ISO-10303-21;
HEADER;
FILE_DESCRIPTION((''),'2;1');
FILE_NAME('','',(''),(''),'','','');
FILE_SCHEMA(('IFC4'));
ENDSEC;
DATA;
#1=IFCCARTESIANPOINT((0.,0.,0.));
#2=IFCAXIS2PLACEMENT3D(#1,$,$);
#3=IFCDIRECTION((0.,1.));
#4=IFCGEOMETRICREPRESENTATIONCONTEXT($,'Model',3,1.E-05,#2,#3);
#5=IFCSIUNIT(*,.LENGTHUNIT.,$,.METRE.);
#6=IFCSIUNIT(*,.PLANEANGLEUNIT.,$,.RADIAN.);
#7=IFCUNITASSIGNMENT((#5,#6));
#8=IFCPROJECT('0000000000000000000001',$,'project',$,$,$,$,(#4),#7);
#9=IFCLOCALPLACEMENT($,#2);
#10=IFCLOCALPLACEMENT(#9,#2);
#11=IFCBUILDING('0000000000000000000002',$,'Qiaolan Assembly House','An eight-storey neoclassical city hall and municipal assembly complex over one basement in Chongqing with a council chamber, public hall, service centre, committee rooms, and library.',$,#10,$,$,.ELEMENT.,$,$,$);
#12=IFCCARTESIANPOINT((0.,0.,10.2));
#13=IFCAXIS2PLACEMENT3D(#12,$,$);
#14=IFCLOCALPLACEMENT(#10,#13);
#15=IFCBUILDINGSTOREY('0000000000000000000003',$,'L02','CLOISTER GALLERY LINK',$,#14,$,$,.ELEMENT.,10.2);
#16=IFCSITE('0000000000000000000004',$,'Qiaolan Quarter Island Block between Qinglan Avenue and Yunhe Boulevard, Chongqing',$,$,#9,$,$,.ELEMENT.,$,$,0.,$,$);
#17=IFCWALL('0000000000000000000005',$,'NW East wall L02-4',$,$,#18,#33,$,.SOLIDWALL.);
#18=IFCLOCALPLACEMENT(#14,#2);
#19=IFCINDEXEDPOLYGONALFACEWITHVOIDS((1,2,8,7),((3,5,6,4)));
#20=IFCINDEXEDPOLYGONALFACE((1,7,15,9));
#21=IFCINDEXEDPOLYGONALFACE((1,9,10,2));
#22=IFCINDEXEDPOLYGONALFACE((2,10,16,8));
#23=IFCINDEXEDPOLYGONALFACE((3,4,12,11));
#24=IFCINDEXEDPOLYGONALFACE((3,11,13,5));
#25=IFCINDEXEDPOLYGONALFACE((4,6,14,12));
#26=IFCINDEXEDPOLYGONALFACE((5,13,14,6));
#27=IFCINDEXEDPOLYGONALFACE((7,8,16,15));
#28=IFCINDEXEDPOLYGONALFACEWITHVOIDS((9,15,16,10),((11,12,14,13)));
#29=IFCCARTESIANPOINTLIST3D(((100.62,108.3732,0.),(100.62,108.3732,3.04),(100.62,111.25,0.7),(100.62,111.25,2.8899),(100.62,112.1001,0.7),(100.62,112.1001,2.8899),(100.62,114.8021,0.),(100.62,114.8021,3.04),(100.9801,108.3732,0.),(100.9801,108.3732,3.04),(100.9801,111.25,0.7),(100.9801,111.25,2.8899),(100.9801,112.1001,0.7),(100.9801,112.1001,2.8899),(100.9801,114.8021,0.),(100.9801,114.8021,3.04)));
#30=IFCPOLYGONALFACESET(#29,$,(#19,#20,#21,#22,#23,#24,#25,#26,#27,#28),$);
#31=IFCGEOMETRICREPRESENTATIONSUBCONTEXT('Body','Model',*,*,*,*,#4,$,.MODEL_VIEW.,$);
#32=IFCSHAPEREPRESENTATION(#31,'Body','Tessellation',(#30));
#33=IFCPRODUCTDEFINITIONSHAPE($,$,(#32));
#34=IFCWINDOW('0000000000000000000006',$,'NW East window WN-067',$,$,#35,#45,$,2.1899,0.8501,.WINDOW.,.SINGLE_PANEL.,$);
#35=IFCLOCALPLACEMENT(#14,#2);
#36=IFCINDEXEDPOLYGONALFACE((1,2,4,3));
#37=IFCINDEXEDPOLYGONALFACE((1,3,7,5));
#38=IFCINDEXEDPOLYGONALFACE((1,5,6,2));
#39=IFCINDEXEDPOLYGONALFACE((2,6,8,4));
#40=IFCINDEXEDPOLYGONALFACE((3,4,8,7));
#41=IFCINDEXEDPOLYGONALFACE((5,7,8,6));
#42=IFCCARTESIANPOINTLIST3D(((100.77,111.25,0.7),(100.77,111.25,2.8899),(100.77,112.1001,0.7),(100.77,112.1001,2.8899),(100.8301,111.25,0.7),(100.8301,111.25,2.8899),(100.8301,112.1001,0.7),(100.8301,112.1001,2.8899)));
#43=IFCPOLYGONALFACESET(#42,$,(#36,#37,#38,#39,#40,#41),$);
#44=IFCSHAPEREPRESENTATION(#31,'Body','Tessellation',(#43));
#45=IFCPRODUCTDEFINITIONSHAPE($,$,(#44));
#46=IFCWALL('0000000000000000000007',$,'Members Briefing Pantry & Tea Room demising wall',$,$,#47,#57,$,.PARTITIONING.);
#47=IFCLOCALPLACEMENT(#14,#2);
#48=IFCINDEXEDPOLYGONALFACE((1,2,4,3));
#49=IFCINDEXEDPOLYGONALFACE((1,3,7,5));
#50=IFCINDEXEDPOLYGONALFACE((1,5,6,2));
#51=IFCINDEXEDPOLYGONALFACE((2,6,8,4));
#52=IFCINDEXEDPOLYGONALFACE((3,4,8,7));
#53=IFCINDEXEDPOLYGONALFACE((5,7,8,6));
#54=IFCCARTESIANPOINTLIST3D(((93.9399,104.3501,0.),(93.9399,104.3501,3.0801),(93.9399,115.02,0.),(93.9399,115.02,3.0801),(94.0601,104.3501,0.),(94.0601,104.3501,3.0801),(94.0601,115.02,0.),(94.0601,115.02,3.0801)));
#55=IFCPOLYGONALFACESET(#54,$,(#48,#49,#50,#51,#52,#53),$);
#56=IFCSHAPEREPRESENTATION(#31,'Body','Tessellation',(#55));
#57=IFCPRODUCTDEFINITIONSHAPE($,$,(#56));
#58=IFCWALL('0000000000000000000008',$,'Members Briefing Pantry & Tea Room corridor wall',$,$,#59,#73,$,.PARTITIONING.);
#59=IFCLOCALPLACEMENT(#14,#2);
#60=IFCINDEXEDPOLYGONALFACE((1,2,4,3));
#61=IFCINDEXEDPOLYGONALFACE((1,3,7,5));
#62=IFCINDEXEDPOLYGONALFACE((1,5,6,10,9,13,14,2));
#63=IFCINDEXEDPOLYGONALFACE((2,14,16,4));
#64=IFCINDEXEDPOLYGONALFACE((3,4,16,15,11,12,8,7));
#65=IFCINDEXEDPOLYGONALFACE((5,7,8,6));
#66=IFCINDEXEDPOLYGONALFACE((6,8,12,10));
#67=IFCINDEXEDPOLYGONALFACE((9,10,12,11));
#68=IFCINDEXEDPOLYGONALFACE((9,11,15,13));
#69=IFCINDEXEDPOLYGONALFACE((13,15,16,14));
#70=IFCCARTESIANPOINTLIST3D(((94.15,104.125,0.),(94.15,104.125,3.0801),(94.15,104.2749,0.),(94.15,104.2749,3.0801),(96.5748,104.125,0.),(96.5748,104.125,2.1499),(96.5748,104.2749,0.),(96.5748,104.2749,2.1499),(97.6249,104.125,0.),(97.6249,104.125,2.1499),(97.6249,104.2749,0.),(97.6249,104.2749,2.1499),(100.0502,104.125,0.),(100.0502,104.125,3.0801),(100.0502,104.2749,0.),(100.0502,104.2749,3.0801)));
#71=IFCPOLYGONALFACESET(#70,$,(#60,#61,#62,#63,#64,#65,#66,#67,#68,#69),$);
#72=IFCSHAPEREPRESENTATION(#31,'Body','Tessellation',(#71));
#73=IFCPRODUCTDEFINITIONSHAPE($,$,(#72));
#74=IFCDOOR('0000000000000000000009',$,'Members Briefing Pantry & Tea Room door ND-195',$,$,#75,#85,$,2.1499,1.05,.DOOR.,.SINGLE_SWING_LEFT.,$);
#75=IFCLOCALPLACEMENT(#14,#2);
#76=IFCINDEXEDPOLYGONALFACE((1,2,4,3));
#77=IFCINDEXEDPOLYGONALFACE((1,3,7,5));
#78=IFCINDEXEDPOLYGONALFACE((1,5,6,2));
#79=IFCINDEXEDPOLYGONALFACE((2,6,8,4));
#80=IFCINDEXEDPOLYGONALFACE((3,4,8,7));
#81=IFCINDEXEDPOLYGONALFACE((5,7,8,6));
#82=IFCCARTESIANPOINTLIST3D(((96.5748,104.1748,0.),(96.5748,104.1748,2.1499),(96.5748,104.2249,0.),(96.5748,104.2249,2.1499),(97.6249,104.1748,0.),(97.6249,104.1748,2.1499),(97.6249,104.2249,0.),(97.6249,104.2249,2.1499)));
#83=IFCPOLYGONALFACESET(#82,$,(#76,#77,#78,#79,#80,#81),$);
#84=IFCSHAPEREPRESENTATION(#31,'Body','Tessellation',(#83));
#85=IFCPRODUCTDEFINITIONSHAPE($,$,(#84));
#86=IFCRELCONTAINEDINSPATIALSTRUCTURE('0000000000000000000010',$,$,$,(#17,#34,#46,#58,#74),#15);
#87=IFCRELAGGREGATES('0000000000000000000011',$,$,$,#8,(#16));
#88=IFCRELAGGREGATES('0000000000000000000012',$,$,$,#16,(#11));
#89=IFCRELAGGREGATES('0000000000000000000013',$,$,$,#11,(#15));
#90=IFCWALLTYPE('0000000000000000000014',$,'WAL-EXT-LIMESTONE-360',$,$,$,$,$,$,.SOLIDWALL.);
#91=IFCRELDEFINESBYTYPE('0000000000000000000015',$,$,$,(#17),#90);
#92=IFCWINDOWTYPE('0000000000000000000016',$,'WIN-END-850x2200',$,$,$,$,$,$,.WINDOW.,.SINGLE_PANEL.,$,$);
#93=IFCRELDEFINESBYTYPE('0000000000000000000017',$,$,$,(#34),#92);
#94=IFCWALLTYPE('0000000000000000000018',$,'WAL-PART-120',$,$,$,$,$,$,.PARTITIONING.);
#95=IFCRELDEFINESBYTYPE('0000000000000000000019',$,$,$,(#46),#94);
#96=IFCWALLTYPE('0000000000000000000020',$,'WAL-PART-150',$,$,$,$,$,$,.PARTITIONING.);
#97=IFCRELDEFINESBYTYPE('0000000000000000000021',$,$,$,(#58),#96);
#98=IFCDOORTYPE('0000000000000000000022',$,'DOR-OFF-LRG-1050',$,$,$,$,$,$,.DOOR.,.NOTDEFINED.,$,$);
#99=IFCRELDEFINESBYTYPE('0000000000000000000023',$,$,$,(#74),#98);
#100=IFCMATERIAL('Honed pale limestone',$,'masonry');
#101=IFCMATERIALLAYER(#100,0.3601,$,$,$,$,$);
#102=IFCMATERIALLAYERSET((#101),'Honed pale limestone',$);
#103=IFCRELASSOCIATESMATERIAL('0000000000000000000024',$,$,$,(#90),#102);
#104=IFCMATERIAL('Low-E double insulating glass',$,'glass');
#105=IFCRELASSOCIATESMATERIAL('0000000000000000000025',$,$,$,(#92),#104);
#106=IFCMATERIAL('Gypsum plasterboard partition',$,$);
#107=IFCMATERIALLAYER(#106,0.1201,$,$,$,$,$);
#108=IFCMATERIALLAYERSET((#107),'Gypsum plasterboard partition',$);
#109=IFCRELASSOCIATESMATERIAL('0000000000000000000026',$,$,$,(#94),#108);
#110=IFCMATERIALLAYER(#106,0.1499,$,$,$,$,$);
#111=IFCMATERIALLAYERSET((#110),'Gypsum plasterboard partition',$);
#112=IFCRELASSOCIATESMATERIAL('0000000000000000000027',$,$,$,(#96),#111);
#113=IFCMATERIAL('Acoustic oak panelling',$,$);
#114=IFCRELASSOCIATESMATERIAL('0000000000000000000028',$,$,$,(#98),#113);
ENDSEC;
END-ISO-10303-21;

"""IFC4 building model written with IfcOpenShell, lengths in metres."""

from ifc_helpers import new_model, si_unit, direction, frame, frame_2d, origin, place, context, subcontext, project, spatial, rectangle, extrude, material, layer, layer_set, type_object, element, fill, save


model = new_model("IFC4")

# Units and contexts
model_context = context("Model", 3, precision=1e-05, world=origin(), true_north=direction((0.0, 1.0)))
body_context = subcontext(model_context, "Body", "Model", "MODEL_VIEW")
ifc_project = project(units=[si_unit("LENGTHUNIT", "METRE"), si_unit("PLANEANGLEUNIT", "RADIAN")], contexts=[model_context])

# Site, building, storey
site_placement = place(None, origin())
site = spatial("IfcSite", under=ifc_project, at=site_placement, Name="Qiaolan Quarter Island Block between Qinglan Avenue and Yunhe Boulevard, Chongqing", CompositionType="ELEMENT", RefElevation=0.0)
building_placement = place(site_placement, origin())
building = spatial("IfcBuilding", under=site, at=building_placement, Name="Qiaolan Assembly House", Description="An eight-storey neoclassical city hall and municipal assembly complex over one basement in Chongqing with a council chamber, public hall, service centre, committee rooms, and library.", CompositionType="ELEMENT")
storey_placement = place(building_placement, frame((0.0, 0.0, 10.2)))
storey = spatial("IfcBuildingStorey", under=building, at=storey_placement, Name="L02", Description="CLOISTER GALLERY LINK", CompositionType="ELEMENT", Elevation=10.2)

# Shared definitions
ifc_material_1 = material(Name="Honed pale limestone", Category="masonry")

# Shared definitions
ifc_layer_1 = layer(ifc_material_1, 0.3601)
ifc_layer_set_1 = layer_set([ifc_layer_1], Name="Honed pale limestone")
wall_type_1 = type_object("IfcWallType", Name="WAL-EXT-LIMESTONE-360", PredefinedType="SOLIDWALL", material=ifc_layer_set_1)
ifc_material_2 = material(Name="Low-E double insulating glass", Category="glass")

# Wall, opening, window
window_type_1 = type_object("IfcWindowType", Name="WIN-END-850x2200", PartitioningType="SINGLE_PANEL", PredefinedType="WINDOW", material=ifc_material_2)
wall_1_placement = place(storey_placement, frame((100.8, 114.802, 0.0), z_axis=(0.0, 0.0, 1.0), x_axis=(0.0, -1.0, 0.0)))
wall_1 = element("IfcWall", 1, at=wall_1_placement, inside=storey, type_object=wall_type_1, Name="NW East wall L02-4", PredefinedType="SOLIDWALL", context=body_context, shape_type="SweptSolid", body=[
    extrude(rectangle(XDim=6.429, YDim=0.3601, at=frame_2d((3.2144, 0.0))), origin(), (0.0, 0.0, 1.0), 3.04),
])
opening_1_placement = place(wall_1_placement, frame((2.7019, 0.0, 0.7)))
opening_1 = element("IfcOpeningElement", 2, at=opening_1_placement, cuts=wall_1, PredefinedType="OPENING", context=body_context, shape_type="SweptSolid", body=[
    extrude(rectangle(XDim=0.8501, YDim=2.1899, at=frame_2d((0.425, 1.095))), frame((0.0, 0.1899, 0.0), z_axis=(0.0, -1.0, 0.0), x_axis=(1.0, 0.0, 0.0)), (0.0, 0.0, 1.0), 0.3801),
])
window_1_placement = place(opening_1_placement, origin())
window_1 = element("IfcWindow", 3, at=window_1_placement, inside=storey, type_object=window_type_1, Name="NW East window WN-067", OverallHeight=2.1899, OverallWidth=0.8501, PartitioningType="SINGLE_PANEL", PredefinedType="WINDOW", context=body_context, shape_type="SweptSolid", body=[
    extrude(rectangle(XDim=0.8501, YDim=2.1899, at=frame_2d((0.425, 1.095))), frame((0.0, 0.03, 0.0), z_axis=(0.0, -1.0, 0.0), x_axis=(1.0, 0.0, 0.0)), (0.0, 0.0, 1.0), 0.0601),
])
fill(opening_1, window_1)

# Wall
ifc_material_3 = material(Name="Gypsum plasterboard partition")
ifc_layer_2 = layer(ifc_material_3, 0.1201)
ifc_layer_set_2 = layer_set([ifc_layer_2], Name="Gypsum plasterboard partition")
wall_type_2 = type_object("IfcWallType", Name="WAL-PART-120", PredefinedType="PARTITIONING", material=ifc_layer_set_2)
wall_2_placement = place(storey_placement, frame((94.0, 104.3501, 0.0), z_axis=(0.0, 0.0, 1.0), x_axis=(0.0, 1.0, 0.0)))
element("IfcWall", 4, at=wall_2_placement, inside=storey, type_object=wall_type_2, Name="Members Briefing Pantry & Tea Room demising wall", PredefinedType="PARTITIONING", context=body_context, shape_type="SweptSolid", body=[
    extrude(rectangle(XDim=10.6699, YDim=0.1201, at=frame_2d((5.335, 0.0))), origin(), (0.0, 0.0, 1.0), 3.0801),
])

# Wall, opening, door
ifc_layer_3 = layer(ifc_material_3, 0.1499)
ifc_layer_set_3 = layer_set([ifc_layer_3], Name="Gypsum plasterboard partition")
wall_type_3 = type_object("IfcWallType", Name="WAL-PART-150", PredefinedType="PARTITIONING", material=ifc_layer_set_3)
wall_3_placement = place(storey_placement, frame((94.1499, 104.2, 0.0), z_axis=(0.0, 0.0, 1.0), x_axis=(1.0, 0.0, 0.0)))
wall_3 = element("IfcWall", 5, at=wall_3_placement, inside=storey, type_object=wall_type_3, Name="Members Briefing Pantry & Tea Room corridor wall", PredefinedType="PARTITIONING", context=body_context, shape_type="SweptSolid", body=[
    extrude(rectangle(XDim=5.9001, YDim=0.1499, at=frame_2d((2.9502, 0.0))), origin(), (0.0, 0.0, 1.0), 3.0801),
])
opening_2_placement = place(wall_3_placement, frame((2.425, 0.0, 0.0)))
opening_2 = element("IfcOpeningElement", 6, at=opening_2_placement, cuts=wall_3, PredefinedType="OPENING", context=body_context, shape_type="SweptSolid", body=[
    extrude(rectangle(XDim=1.05, YDim=2.1499, at=frame_2d((0.5249, 1.075))), frame((0.0, 0.085, 0.0), z_axis=(0.0, -1.0, 0.0), x_axis=(1.0, 0.0, 0.0)), (0.0, 0.0, 1.0), 0.1699),
])
ifc_material_4 = material(Name="Acoustic oak panelling")
door_type = type_object("IfcDoorType", Name="DOR-OFF-LRG-1050", OperationType="NOTDEFINED", PredefinedType="DOOR", material=ifc_material_4)
door_placement = place(opening_2_placement, origin())
door = element("IfcDoor", 7, at=door_placement, inside=storey, type_object=door_type, Name="Members Briefing Pantry & Tea Room door ND-195", OperationType="SINGLE_SWING_LEFT", OverallHeight=2.1499, OverallWidth=1.05, PredefinedType="DOOR", context=body_context, shape_type="SweptSolid", body=[
    extrude(rectangle(XDim=1.05, YDim=2.1499, at=frame_2d((0.5249, 1.075))), frame((0.0, 0.0249, 0.0), z_axis=(0.0, -1.0, 0.0), x_axis=(1.0, 0.0, 0.0)), (0.0, 0.0, 1.0), 0.05),
])
fill(opening_2, door)

save(model, "model.ifc")
